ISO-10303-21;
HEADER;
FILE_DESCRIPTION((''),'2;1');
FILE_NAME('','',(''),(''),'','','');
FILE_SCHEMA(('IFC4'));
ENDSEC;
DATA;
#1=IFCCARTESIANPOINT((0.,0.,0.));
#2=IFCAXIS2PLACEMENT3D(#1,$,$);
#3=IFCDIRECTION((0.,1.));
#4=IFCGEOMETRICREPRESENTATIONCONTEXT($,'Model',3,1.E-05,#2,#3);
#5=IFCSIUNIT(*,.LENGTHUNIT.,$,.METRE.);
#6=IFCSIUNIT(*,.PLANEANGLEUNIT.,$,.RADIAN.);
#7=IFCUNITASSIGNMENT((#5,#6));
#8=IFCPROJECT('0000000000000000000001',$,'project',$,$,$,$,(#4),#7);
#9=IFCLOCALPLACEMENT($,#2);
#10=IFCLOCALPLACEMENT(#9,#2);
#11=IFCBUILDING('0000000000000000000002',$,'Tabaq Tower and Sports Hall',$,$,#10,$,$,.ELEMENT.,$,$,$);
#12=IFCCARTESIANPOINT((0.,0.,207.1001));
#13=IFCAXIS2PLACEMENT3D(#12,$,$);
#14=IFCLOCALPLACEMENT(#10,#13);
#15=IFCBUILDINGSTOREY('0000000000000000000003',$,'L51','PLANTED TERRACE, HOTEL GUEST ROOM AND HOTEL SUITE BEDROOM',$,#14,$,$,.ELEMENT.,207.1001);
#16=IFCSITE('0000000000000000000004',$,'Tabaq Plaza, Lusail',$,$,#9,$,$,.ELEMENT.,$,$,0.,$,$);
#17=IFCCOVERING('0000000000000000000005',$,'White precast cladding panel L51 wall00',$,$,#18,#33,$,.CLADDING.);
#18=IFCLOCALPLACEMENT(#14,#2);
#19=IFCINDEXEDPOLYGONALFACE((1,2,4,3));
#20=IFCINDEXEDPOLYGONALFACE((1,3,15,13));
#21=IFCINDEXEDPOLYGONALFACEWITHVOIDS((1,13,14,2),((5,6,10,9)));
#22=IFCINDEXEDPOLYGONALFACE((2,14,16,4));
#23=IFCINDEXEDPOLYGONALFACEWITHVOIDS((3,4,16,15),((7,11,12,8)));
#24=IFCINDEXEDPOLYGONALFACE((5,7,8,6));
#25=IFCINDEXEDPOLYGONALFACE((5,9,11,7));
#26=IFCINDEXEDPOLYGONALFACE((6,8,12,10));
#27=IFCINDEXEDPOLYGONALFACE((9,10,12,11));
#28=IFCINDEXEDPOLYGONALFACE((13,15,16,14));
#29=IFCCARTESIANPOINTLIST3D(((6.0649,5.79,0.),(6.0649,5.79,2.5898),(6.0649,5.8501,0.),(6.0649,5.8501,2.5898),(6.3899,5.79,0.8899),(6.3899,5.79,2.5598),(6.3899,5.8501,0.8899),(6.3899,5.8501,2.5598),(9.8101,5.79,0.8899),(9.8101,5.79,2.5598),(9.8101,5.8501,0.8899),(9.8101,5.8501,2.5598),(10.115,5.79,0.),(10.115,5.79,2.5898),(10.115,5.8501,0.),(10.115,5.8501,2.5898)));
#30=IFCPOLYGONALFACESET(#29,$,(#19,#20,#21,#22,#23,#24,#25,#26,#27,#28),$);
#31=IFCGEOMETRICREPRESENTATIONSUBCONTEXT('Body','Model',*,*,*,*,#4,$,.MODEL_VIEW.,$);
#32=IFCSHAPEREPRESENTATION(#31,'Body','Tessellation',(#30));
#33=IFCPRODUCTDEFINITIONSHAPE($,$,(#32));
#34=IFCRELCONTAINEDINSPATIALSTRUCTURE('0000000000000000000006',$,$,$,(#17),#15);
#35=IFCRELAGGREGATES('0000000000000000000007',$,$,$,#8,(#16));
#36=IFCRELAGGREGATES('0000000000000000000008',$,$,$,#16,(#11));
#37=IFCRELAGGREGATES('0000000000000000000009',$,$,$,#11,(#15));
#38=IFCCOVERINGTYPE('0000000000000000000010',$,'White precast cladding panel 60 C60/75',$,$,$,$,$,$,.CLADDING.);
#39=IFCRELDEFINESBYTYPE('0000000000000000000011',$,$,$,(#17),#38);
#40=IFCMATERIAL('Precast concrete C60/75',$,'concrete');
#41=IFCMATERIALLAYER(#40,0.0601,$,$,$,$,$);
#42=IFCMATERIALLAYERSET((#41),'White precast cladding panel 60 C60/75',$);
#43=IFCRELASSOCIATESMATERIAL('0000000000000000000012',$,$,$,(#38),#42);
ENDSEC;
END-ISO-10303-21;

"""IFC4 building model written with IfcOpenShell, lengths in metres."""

from ifc_helpers import new_model, si_unit, direction, frame, origin, place, context, subcontext, project, spatial, polyline, outline, extrude, material, layer, layer_set, type_object, element, save


model = new_model("IFC4")

# Units and contexts
model_context = context("Model", 3, precision=1e-05, world=origin(), true_north=direction((0.0, 1.0)))
body_context = subcontext(model_context, "Body", "Model", "MODEL_VIEW")
ifc_project = project(units=[si_unit("LENGTHUNIT", "METRE"), si_unit("PLANEANGLEUNIT", "RADIAN")], contexts=[model_context])

# Site, building, storey
site_placement = place(None, origin())
site = spatial("IfcSite", under=ifc_project, at=site_placement, Name="Tabaq Plaza, Lusail", CompositionType="ELEMENT", RefElevation=0.0)
building_placement = place(site_placement, origin())
building = spatial("IfcBuilding", under=site, at=building_placement, Name="Tabaq Tower and Sports Hall", CompositionType="ELEMENT")
storey_placement = place(building_placement, frame((0.0, 0.0, 207.1001)))
storey = spatial("IfcBuildingStorey", under=building, at=storey_placement, Name="L51", Description="PLANTED TERRACE, HOTEL GUEST ROOM AND HOTEL SUITE BEDROOM", CompositionType="ELEMENT", Elevation=207.1001)

# Covering
ifc_material_1 = material(Name="Precast concrete C60/75", Category="concrete")
ifc_layer_1 = layer(ifc_material_1, 0.0601)
ifc_layer_set_1 = layer_set([ifc_layer_1], Name="White precast cladding panel 60 C60/75")
covering_type_1 = type_object("IfcCoveringType", Name="White precast cladding panel 60 C60/75", PredefinedType="CLADDING", material=ifc_layer_set_1)
covering_1_placement = place(storey_placement, frame((6.0649, 5.8201, 0.0), z_axis=(0.0, 0.0, 1.0), x_axis=(1.0, 0.0, 0.0)))
element("IfcCovering", 1, at=covering_1_placement, inside=storey, type_object=covering_type_1, Name="White precast cladding panel L51 wall00", PredefinedType="CLADDING", context=body_context, shape_type="SweptSolid", body=[
    extrude(outline(polyline([(0.0, 0.0), (4.05, 0.0), (4.05, 2.5898), (0.0, 2.5898), (0.0, 0.0)]), holes=[polyline([(3.7451, 0.8899), (0.325, 0.8899), (0.325, 2.5598), (3.7451, 2.5598), (3.7451, 0.8899)])]), frame((0.0, 0.03, 0.0), z_axis=(0.0, -1.0, 0.0), x_axis=(1.0, 0.0, 0.0)), (0.0, 0.0, 1.0), 0.0601),
])

save(model, "model.ifc")
